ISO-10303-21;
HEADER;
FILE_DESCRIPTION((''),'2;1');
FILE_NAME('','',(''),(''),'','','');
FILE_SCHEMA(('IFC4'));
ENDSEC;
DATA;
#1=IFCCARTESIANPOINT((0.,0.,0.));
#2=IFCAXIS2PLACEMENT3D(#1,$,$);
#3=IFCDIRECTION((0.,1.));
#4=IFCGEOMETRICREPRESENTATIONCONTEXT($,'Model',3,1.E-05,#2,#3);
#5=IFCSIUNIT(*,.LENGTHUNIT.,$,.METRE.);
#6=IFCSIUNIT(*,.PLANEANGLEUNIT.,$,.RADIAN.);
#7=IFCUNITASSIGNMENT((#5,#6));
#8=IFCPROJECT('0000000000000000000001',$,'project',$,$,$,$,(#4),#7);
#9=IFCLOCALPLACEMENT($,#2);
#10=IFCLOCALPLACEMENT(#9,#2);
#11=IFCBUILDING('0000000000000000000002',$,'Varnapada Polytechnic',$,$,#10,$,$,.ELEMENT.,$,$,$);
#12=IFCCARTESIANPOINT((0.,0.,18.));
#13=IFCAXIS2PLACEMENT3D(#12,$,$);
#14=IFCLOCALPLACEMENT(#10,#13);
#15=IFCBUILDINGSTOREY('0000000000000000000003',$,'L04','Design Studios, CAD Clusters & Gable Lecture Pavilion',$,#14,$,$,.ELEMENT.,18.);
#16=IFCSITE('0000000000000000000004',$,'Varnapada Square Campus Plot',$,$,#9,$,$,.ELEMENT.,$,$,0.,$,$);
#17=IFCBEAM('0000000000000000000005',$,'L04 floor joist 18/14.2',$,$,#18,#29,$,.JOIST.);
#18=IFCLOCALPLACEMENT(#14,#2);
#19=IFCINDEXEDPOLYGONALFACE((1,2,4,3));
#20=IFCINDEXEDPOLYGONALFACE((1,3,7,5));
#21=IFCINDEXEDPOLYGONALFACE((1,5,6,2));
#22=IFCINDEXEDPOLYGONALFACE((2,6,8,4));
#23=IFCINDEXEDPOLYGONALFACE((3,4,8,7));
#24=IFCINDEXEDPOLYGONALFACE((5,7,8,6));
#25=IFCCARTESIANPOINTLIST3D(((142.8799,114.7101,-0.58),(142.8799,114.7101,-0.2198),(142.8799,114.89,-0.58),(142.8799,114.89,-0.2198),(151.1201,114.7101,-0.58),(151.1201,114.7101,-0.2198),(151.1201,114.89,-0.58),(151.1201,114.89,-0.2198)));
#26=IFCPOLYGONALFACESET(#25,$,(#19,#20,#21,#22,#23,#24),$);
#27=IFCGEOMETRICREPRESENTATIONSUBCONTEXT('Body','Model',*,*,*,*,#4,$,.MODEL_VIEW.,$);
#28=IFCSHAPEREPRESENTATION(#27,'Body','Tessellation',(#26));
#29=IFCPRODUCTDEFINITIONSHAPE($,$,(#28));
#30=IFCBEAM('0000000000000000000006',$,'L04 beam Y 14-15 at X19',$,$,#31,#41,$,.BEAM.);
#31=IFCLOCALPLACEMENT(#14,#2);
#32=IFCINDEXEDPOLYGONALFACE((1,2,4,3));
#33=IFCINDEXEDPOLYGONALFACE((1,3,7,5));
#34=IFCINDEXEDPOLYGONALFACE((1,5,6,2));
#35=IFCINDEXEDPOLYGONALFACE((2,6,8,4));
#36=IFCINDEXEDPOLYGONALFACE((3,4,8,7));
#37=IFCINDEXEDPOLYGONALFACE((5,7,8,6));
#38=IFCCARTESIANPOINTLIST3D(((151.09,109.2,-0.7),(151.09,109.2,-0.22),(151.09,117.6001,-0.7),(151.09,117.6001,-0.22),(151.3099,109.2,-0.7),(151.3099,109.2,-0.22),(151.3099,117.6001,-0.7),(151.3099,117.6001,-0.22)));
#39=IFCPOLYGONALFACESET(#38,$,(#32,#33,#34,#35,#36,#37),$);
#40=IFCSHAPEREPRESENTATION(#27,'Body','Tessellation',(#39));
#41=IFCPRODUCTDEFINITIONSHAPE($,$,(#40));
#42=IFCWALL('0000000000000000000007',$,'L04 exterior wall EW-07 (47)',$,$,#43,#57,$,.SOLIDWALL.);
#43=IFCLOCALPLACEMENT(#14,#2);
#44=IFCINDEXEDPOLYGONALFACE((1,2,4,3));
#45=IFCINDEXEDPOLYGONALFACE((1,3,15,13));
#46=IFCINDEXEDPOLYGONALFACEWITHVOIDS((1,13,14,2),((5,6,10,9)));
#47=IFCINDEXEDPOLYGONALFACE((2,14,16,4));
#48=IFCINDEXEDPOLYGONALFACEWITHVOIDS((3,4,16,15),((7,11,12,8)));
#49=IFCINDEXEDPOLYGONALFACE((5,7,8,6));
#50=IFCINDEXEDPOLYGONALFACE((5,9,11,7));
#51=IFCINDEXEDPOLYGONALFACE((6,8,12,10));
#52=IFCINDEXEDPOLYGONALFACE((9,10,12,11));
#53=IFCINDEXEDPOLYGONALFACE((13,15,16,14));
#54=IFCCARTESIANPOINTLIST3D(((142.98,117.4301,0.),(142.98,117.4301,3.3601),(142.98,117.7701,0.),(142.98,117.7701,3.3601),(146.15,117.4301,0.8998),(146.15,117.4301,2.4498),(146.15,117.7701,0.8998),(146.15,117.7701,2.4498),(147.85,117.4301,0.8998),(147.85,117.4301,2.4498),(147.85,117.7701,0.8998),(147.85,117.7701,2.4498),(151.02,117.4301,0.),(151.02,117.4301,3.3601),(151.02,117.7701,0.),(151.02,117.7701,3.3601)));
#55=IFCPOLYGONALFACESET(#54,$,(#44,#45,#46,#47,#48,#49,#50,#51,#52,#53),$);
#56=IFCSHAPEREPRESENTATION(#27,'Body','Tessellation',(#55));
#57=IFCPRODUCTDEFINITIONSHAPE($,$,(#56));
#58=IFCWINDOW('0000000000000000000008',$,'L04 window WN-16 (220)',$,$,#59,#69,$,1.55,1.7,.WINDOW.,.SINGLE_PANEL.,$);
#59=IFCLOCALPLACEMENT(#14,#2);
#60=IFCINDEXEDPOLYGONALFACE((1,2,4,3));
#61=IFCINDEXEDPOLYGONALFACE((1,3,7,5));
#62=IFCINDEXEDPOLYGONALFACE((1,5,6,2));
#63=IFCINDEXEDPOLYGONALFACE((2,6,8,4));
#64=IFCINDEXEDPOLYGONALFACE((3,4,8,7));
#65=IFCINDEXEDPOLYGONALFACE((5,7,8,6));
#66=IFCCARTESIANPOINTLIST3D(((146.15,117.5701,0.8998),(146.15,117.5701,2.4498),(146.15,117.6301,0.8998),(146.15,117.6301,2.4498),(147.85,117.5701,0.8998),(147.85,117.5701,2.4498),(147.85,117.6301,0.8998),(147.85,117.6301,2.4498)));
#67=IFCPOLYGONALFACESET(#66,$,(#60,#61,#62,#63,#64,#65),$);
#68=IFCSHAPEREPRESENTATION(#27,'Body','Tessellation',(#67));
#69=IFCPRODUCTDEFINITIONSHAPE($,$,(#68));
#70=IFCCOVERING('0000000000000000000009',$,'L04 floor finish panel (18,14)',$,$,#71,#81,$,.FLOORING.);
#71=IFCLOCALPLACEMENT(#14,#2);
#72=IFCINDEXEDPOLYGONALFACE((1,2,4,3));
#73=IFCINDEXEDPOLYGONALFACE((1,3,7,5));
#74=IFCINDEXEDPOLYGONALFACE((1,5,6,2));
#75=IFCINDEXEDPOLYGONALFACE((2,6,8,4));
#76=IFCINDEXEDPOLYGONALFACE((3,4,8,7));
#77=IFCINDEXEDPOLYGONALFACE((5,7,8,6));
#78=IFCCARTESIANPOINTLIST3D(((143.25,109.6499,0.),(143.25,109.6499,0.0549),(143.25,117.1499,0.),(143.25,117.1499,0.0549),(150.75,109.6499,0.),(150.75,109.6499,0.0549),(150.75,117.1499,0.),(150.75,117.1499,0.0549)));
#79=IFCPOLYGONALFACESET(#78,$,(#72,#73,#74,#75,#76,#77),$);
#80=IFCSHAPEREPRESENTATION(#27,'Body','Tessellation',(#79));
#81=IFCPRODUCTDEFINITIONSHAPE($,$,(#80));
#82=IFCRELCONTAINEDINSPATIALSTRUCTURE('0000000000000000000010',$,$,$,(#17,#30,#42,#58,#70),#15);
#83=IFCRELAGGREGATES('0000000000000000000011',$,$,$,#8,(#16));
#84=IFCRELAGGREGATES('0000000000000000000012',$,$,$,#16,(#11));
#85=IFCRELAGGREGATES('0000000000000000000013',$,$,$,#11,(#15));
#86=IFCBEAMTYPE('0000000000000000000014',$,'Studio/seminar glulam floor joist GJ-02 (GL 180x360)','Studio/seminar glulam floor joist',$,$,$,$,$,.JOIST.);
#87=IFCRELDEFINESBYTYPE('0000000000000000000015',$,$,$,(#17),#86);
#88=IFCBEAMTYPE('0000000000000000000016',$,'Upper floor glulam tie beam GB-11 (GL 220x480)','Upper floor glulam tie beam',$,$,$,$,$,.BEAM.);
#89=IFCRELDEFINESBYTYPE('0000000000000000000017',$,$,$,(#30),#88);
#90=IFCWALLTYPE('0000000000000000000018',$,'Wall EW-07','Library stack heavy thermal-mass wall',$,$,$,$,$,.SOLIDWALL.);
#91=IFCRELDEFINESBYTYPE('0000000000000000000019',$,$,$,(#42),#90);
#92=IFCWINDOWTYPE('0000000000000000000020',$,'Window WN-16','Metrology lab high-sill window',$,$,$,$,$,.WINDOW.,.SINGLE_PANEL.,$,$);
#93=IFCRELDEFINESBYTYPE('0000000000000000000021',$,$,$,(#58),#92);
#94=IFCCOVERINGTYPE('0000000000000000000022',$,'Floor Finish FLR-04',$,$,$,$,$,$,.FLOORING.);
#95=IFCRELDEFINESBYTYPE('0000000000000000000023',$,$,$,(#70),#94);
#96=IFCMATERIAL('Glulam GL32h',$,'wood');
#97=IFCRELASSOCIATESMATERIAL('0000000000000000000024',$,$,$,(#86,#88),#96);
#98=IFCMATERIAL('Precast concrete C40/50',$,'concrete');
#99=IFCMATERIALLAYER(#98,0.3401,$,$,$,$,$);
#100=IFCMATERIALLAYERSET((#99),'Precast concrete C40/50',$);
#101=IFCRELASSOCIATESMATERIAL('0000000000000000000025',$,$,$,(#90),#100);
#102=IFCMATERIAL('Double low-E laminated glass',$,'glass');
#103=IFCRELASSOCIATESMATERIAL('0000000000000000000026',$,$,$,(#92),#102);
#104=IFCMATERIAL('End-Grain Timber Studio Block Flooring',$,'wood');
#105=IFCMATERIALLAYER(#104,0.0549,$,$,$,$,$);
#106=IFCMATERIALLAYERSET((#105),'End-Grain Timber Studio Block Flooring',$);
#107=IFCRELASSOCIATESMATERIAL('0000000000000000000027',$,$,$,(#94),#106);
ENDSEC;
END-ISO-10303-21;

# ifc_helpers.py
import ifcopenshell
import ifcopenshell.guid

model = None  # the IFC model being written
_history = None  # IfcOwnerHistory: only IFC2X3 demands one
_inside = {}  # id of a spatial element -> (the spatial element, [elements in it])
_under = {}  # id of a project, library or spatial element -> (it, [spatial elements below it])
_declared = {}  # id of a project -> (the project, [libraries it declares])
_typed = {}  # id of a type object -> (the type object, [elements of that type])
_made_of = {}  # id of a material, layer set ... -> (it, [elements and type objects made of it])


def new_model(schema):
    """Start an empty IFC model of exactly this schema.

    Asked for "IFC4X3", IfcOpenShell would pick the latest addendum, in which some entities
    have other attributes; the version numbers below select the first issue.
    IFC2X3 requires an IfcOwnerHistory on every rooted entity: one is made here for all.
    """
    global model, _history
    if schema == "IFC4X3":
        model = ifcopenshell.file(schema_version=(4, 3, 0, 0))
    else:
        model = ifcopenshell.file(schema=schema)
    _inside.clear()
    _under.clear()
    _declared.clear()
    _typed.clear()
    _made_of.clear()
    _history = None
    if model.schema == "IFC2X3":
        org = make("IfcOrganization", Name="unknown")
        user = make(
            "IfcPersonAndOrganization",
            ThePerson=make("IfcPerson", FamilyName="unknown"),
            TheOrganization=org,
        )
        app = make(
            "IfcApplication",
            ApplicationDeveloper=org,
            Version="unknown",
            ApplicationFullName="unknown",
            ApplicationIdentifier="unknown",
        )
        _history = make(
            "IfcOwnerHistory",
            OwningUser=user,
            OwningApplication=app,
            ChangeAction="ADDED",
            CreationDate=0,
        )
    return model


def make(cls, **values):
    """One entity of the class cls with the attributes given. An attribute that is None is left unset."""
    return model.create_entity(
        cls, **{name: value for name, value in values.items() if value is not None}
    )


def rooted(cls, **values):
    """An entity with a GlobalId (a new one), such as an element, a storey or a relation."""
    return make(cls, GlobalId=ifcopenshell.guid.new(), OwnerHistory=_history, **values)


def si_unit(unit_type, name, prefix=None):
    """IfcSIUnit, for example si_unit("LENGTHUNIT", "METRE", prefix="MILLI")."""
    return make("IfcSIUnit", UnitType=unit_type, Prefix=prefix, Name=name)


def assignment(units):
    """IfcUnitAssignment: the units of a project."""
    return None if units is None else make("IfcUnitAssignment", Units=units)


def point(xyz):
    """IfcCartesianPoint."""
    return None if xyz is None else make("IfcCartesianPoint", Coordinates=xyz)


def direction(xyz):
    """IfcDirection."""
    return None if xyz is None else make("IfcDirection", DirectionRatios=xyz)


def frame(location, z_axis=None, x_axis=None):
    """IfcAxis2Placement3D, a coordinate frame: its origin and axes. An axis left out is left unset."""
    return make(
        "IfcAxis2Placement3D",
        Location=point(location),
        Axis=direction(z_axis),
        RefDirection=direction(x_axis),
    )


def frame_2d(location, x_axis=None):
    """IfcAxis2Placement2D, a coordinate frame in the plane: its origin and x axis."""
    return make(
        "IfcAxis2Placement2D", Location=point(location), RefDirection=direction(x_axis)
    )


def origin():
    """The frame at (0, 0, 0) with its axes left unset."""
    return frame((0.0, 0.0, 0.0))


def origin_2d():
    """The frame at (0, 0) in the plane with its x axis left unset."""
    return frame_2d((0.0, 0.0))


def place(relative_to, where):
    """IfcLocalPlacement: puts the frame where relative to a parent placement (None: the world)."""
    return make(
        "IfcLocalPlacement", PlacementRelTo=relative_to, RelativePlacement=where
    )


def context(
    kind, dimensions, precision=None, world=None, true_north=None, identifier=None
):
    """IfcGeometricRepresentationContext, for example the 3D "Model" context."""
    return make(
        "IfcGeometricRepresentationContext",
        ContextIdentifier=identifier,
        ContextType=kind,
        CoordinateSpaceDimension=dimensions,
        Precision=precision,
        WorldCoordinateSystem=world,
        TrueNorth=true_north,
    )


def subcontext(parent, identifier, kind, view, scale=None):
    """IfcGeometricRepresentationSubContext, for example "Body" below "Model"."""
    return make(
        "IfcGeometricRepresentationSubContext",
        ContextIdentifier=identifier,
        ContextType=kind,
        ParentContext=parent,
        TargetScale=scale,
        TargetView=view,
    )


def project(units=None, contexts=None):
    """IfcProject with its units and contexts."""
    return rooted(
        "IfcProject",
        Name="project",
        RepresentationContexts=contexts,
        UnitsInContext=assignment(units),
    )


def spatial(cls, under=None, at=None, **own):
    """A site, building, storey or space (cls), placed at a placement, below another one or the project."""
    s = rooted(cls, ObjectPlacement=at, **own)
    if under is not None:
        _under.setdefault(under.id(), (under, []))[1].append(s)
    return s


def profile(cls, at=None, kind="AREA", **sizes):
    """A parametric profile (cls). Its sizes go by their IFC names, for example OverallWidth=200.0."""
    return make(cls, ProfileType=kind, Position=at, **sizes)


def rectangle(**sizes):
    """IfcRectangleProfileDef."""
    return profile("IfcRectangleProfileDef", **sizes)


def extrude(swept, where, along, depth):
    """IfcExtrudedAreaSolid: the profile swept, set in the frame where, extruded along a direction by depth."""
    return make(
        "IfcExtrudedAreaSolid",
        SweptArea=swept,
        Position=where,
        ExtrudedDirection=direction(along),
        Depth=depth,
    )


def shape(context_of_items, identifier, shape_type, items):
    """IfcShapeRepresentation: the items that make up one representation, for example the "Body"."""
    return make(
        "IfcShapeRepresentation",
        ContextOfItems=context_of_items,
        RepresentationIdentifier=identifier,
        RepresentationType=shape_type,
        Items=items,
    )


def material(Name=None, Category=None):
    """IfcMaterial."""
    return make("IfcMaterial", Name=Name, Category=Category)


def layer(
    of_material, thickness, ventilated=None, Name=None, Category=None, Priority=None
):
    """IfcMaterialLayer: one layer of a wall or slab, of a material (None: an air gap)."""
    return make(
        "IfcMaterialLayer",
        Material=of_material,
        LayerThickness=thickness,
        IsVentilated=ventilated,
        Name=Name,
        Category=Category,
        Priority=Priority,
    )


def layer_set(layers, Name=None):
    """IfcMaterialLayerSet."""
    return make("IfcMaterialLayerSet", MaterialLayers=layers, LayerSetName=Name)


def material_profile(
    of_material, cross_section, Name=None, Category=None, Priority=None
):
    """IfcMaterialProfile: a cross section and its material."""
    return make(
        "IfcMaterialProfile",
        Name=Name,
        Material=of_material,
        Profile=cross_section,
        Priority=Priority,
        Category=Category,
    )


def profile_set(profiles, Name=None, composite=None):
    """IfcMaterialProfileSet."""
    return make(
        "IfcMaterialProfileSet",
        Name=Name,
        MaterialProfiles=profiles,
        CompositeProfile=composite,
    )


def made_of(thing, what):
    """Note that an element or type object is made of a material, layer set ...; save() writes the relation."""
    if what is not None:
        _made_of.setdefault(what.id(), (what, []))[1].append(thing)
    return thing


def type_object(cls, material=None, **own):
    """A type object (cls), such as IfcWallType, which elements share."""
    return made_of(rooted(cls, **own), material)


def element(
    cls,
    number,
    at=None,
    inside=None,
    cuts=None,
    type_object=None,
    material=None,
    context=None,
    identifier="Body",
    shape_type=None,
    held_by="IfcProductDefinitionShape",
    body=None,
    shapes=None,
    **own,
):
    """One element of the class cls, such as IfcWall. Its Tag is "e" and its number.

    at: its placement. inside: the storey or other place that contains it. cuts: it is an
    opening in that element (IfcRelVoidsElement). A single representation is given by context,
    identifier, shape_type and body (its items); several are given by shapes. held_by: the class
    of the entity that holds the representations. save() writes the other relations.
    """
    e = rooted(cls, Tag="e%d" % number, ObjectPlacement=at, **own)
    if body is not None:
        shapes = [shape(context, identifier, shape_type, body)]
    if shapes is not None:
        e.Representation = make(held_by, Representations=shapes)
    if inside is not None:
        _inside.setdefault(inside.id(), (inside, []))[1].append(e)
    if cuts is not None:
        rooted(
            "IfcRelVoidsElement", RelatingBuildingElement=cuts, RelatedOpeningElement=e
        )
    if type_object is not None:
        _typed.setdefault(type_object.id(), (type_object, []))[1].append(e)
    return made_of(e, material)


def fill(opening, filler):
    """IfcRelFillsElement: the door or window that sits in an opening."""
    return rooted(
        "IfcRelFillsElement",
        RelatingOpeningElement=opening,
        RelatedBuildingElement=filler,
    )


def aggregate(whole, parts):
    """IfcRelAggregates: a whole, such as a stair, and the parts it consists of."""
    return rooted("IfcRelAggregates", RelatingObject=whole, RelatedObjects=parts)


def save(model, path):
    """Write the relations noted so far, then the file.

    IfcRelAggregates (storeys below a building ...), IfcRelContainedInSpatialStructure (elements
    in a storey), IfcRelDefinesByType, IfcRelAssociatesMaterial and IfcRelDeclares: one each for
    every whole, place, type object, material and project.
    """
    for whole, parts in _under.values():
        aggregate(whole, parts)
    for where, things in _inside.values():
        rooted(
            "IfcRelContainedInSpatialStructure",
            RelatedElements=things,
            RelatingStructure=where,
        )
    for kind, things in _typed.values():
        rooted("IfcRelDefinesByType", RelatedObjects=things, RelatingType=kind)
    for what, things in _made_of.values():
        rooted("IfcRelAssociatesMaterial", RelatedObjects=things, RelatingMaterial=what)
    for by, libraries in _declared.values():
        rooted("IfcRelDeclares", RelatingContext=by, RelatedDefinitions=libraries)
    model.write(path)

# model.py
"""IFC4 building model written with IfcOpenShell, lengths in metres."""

from ifc_helpers import new_model, si_unit, direction, frame, frame_2d, origin, origin_2d, place, context, subcontext, project, spatial, rectangle, extrude, material, layer, layer_set, material_profile, profile_set, type_object, element, fill, save


model = new_model("IFC4")

# Units and contexts
model_context = context("Model", 3, precision=1e-05, world=origin(), true_north=direction((0.0, 1.0)))
body_context = subcontext(model_context, "Body", "Model", "MODEL_VIEW")
ifc_project = project(units=[si_unit("LENGTHUNIT", "METRE"), si_unit("PLANEANGLEUNIT", "RADIAN")], contexts=[model_context])

# Site, building, storey
site_placement = place(None, origin())
site = spatial("IfcSite", under=ifc_project, at=site_placement, Name="Varnapada Square Campus Plot", CompositionType="ELEMENT", RefElevation=0.0)
building_placement = place(site_placement, origin())
building = spatial("IfcBuilding", under=site, at=building_placement, Name="Varnapada Polytechnic", CompositionType="ELEMENT")
storey_placement = place(building_placement, frame((0.0, 0.0, 18.0)))
storey = spatial("IfcBuildingStorey", under=building, at=storey_placement, Name="L04", Description="Design Studios, CAD Clusters & Gable Lecture Pavilion", CompositionType="ELEMENT", Elevation=18.0)

# Beams
ifc_material_1 = material(Name="Glulam GL32h", Category="wood")
ifc_material_profile_1 = material_profile(ifc_material_1, rectangle(XDim=0.1799, YDim=0.3601, at=origin_2d()), Name="GL 180x360")
ifc_profile_set_1 = profile_set([ifc_material_profile_1], Name="Glulam GL32h")
beam_type_1 = type_object("IfcBeamType", Name="Studio/seminar glulam floor joist GJ-02 (GL 180x360)", Description="Studio/seminar glulam floor joist", PredefinedType="JOIST", material=ifc_profile_set_1)
beam_1_placement = place(storey_placement, frame((142.8799, 114.8, -0.3999), z_axis=(1.0, 0.0, 0.0), x_axis=(0.0, 1.0, 0.0)))
element("IfcBeam", 1, at=beam_1_placement, inside=storey, type_object=beam_type_1, Name="L04 floor joist 18/14.2", PredefinedType="JOIST", context=body_context, shape_type="SweptSolid", body=[
    extrude(rectangle(XDim=0.1799, YDim=0.3601, at=origin_2d()), origin(), (0.0, 0.0, 1.0), 8.2402),
])
ifc_material_profile_2 = material_profile(ifc_material_1, rectangle(XDim=0.22, YDim=0.48, at=origin_2d()), Name="GL 220x480")
ifc_profile_set_2 = profile_set([ifc_material_profile_2], Name="Glulam GL32h")
beam_type_2 = type_object("IfcBeamType", Name="Upper floor glulam tie beam GB-11 (GL 220x480)", Description="Upper floor glulam tie beam", PredefinedType="BEAM", material=ifc_profile_set_2)
beam_2_placement = place(storey_placement, frame((151.2, 109.2, -0.46), z_axis=(0.0, 1.0, 0.0), x_axis=(-1.0, 0.0, 0.0)))
element("IfcBeam", 2, at=beam_2_placement, inside=storey, type_object=beam_type_2, Name="L04 beam Y 14-15 at X19", PredefinedType="BEAM", context=body_context, shape_type="SweptSolid", body=[
    extrude(rectangle(XDim=0.22, YDim=0.48, at=origin_2d()), origin(), (0.0, 0.0, 1.0), 8.4001),
])

# Wall, opening, window
ifc_material_2 = material(Name="Precast concrete C40/50", Category="concrete")
ifc_layer_1 = layer(ifc_material_2, 0.3401)
ifc_layer_set_1 = layer_set([ifc_layer_1], Name="Precast concrete C40/50")
wall_type = type_object("IfcWallType", Name="Wall EW-07", Description="Library stack heavy thermal-mass wall", PredefinedType="SOLIDWALL", material=ifc_layer_set_1)
wall_placement = place(storey_placement, frame((142.98, 117.6001, 0.0), z_axis=(0.0, 0.0, 1.0), x_axis=(1.0, 0.0, 0.0)))
wall = element("IfcWall", 3, at=wall_placement, inside=storey, type_object=wall_type, Name="L04 exterior wall EW-07 (47)", PredefinedType="SOLIDWALL", context=body_context, shape_type="SweptSolid", body=[
    extrude(rectangle(XDim=8.04, YDim=0.3401, at=frame_2d((4.02, 0.0))), origin(), (0.0, 0.0, 1.0), 3.3601),
])
opening_1_placement = place(wall_placement, frame((3.1699, 0.0, 0.8999)))
opening_1 = element("IfcOpeningElement", 4, at=opening_1_placement, cuts=wall, PredefinedType="OPENING", context=body_context, shape_type="SweptSolid", body=[
    extrude(rectangle(XDim=1.7, YDim=1.55, at=frame_2d((0.8501, 0.7749))), frame((0.0, 0.1799, 0.0), z_axis=(0.0, -1.0, 0.0), x_axis=(1.0, 0.0, 0.0)), (0.0, 0.0, 1.0), 0.3601),
])
ifc_material_3 = material(Name="Double low-E laminated glass", Category="glass")
window_type = type_object("IfcWindowType", Name="Window WN-16", Description="Metrology lab high-sill window", PartitioningType="SINGLE_PANEL", PredefinedType="WINDOW", material=ifc_material_3)
window_placement = place(opening_1_placement, origin())
window = element("IfcWindow", 5, at=window_placement, inside=storey, type_object=window_type, Name="L04 window WN-16 (220)", OverallHeight=1.55, OverallWidth=1.7, PartitioningType="SINGLE_PANEL", PredefinedType="WINDOW", context=body_context, shape_type="SweptSolid", body=[
    extrude(rectangle(XDim=1.7, YDim=1.55, at=frame_2d((0.8501, 0.7749))), frame((0.0, 0.03, 0.0), z_axis=(0.0, -1.0, 0.0), x_axis=(1.0, 0.0, 0.0)), (0.0, 0.0, 1.0), 0.0601),
])
fill(opening_1, window)

# Covering
ifc_material_4 = material(Name="End-Grain Timber Studio Block Flooring", Category="wood")
ifc_layer_2 = layer(ifc_material_4, 0.0549)
ifc_layer_set_2 = layer_set([ifc_layer_2], Name="End-Grain Timber Studio Block Flooring")
covering_type_1 = type_object("IfcCoveringType", Name="Floor Finish FLR-04", PredefinedType="FLOORING", material=ifc_layer_set_2)
covering_1_placement = place(storey_placement, frame((147.0, 113.3999, 0.0), z_axis=(0.0, 0.0, 1.0), x_axis=(1.0, 0.0, 0.0)))
element("IfcCovering", 6, at=covering_1_placement, inside=storey, type_object=covering_type_1, Name="L04 floor finish panel (18,14)", PredefinedType="FLOORING", context=body_context, shape_type="SweptSolid", body=[
    extrude(rectangle(XDim=7.5, YDim=7.5, at=origin_2d()), origin(), (0.0, 0.0, 1.0), 0.0549),
])

save(model, "model.ifc")
